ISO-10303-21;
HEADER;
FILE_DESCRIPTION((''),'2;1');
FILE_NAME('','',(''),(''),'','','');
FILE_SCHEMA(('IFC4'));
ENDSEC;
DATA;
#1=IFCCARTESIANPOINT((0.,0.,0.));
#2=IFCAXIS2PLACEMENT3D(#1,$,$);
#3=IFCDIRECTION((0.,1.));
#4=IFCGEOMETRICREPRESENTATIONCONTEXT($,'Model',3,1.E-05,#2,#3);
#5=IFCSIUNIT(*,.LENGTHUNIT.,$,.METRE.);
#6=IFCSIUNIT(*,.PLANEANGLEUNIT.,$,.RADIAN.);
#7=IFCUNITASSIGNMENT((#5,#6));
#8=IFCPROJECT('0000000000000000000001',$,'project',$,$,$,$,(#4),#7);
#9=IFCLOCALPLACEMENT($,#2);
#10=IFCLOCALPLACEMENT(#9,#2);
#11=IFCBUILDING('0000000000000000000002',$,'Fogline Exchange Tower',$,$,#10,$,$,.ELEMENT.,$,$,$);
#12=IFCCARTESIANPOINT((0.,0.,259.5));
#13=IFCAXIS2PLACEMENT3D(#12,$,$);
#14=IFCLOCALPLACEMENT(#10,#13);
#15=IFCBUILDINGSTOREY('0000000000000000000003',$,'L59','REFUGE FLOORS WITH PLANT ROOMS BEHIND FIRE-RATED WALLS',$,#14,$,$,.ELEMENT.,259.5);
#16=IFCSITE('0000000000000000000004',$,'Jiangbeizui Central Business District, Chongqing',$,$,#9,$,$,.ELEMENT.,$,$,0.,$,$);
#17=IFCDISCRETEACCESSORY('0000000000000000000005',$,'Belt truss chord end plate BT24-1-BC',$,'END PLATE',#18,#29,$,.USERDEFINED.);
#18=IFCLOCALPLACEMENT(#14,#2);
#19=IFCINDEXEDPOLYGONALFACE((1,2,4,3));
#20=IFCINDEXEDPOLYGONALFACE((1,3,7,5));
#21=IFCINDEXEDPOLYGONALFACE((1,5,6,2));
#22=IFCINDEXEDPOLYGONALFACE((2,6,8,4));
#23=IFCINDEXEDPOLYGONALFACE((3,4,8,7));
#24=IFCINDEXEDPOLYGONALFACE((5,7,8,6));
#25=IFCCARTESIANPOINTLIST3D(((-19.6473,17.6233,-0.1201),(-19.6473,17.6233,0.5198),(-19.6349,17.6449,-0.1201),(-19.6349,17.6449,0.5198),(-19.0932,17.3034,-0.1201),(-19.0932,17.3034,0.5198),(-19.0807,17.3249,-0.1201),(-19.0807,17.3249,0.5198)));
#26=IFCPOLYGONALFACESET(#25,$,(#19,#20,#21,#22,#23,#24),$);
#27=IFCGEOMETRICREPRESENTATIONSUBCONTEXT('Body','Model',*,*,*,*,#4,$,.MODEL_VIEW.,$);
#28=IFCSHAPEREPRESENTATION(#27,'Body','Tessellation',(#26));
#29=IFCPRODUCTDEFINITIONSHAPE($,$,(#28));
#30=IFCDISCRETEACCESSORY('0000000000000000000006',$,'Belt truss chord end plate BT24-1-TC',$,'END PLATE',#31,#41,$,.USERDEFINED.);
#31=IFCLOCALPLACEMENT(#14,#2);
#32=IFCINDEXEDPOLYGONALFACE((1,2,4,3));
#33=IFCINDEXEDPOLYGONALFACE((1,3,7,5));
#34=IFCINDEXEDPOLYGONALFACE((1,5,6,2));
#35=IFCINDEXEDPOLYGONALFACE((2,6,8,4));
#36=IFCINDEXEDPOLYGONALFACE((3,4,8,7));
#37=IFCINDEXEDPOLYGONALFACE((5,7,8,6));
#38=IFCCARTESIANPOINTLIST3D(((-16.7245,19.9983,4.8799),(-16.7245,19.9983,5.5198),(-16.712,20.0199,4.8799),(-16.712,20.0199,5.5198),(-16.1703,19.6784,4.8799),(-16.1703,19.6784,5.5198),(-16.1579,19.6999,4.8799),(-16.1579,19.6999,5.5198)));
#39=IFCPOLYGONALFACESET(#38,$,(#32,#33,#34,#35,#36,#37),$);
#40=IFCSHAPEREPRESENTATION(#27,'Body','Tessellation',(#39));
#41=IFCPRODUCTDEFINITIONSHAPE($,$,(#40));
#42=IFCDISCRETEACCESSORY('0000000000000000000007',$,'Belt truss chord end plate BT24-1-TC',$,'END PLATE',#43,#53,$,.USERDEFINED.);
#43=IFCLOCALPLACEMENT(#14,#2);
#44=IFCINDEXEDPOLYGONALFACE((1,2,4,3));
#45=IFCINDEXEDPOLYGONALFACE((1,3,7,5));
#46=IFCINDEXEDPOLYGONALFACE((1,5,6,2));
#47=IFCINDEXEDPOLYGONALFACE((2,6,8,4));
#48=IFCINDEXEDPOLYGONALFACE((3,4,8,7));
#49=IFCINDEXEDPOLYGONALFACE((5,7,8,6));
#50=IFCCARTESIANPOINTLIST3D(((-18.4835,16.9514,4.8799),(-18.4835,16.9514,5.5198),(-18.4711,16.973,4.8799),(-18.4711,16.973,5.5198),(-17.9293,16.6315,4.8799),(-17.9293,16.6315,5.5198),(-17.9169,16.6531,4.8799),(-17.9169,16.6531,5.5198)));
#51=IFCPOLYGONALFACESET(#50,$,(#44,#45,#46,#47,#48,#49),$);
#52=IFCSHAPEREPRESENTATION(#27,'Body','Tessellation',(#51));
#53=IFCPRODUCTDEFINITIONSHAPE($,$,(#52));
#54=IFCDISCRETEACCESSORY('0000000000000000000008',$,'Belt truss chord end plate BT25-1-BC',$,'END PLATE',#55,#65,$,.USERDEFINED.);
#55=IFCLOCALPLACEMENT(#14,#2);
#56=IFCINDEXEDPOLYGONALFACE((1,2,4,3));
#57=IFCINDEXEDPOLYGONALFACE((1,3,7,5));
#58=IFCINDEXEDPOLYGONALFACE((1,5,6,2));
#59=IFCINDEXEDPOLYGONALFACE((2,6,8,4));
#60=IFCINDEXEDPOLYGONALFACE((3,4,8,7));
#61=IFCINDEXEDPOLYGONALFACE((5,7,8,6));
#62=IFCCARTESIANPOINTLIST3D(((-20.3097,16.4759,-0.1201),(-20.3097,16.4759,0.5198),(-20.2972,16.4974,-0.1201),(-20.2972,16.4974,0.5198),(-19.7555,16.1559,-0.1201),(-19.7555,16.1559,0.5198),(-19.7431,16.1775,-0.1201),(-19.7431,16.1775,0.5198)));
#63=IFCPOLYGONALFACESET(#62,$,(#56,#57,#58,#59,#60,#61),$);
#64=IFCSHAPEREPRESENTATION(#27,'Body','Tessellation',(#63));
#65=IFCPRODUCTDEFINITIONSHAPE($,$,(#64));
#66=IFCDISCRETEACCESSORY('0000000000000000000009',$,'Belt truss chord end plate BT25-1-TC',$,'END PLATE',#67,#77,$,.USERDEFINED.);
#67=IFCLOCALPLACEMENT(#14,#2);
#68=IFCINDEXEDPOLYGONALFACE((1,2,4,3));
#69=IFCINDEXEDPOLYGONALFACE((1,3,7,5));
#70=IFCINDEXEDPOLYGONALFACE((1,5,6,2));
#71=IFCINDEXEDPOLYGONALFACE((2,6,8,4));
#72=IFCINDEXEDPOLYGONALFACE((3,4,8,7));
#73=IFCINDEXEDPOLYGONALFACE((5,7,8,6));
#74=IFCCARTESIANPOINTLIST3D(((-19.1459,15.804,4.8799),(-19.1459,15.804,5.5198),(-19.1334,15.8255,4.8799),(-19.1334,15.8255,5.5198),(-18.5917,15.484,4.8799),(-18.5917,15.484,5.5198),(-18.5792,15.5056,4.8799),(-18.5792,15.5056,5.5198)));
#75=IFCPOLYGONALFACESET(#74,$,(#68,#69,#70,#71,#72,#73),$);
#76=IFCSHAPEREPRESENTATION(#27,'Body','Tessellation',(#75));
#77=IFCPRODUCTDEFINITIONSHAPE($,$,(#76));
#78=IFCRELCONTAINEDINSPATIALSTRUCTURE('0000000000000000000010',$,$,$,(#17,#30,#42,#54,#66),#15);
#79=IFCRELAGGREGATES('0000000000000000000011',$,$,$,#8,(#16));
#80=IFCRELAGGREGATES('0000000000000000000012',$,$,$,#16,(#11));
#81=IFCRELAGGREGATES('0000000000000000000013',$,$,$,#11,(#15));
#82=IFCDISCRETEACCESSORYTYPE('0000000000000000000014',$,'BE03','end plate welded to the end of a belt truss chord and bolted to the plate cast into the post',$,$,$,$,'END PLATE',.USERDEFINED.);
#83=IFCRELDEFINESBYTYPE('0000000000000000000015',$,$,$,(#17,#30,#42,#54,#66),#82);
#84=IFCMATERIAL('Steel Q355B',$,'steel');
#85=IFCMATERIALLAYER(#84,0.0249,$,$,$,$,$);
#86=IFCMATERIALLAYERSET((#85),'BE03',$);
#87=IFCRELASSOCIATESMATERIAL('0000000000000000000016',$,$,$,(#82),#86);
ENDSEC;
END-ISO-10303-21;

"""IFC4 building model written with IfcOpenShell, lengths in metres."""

from ifc_helpers import new_model, si_unit, direction, frame, origin, origin_2d, place, context, subcontext, project, spatial, rectangle, extrude, material, layer, layer_set, type_object, element, save


model = new_model("IFC4")

# Units and contexts
model_context = context("Model", 3, precision=1e-05, world=origin(), true_north=direction((0.0, 1.0)))
body_context = subcontext(model_context, "Body", "Model", "MODEL_VIEW")
ifc_project = project(units=[si_unit("LENGTHUNIT", "METRE"), si_unit("PLANEANGLEUNIT", "RADIAN")], contexts=[model_context])

# Site, building, storey
site_placement = place(None, origin())
site = spatial("IfcSite", under=ifc_project, at=site_placement, Name="Jiangbeizui Central Business District, Chongqing", CompositionType="ELEMENT", RefElevation=0.0)
building_placement = place(site_placement, origin())
building = spatial("IfcBuilding", under=site, at=building_placement, Name="Fogline Exchange Tower", CompositionType="ELEMENT")
storey_placement = place(building_placement, frame((0.0, 0.0, 259.5)))
storey = spatial("IfcBuildingStorey", under=building, at=storey_placement, Name="L59", Description="REFUGE FLOORS WITH PLANT ROOMS BEHIND FIRE-RATED WALLS", CompositionType="ELEMENT", Elevation=259.5)

# Shared definitions
ifc_material_1 = material(Name="Steel Q355B", Category="steel")

# Discrete accessories
ifc_layer = layer(ifc_material_1, 0.0249)
ifc_layer_set = layer_set([ifc_layer], Name="BE03")
discrete_accessory_type = type_object("IfcDiscreteAccessoryType", Name="BE03", Description="end plate welded to the end of a belt truss chord and bolted to the plate cast into the post", ElementType="END PLATE", PredefinedType="USERDEFINED", material=ifc_layer_set)
for number, where, z_axis, x_axis, name in (
    (1, (-19.364, 17.4741, -0.1201), (0.0, 0.0, 1.0), (-0.5, -0.866025, 0.0), "Belt truss chord end plate BT24-1-BC"),
    (2, (-16.4412, 19.8491, 4.8799), (0.0, 0.0, 1.0), (0.5, 0.866025, 0.0), "Belt truss chord end plate BT24-1-TC"),
    (3, (-18.2002, 16.8022, 4.8799), (0.0, 0.0, 1.0), (-0.5, -0.866025, 0.0), "Belt truss chord end plate BT24-1-TC"),
    (4, (-20.0264, 16.3267, -0.1201), (0.0, 0.0, 1.0), (0.5, 0.866025, 0.0), "Belt truss chord end plate BT25-1-BC"),
    (5, (-18.8625, 15.6548, 4.8799), (0.0, 0.0, 1.0), (0.5, 0.866025, 0.0), "Belt truss chord end plate BT25-1-TC"),
):
    element("IfcDiscreteAccessory", number, at=place(storey_placement, frame(where, z_axis=z_axis, x_axis=x_axis)), inside=storey, type_object=discrete_accessory_type, Name=name, ObjectType="END PLATE", PredefinedType="USERDEFINED", context=body_context, shape_type="SweptSolid", body=[
        extrude(rectangle(XDim=0.0249, YDim=0.6399, at=origin_2d()), origin(), (0.0, 0.0, 1.0), 0.6399),
    ])

save(model, "model.ifc")
